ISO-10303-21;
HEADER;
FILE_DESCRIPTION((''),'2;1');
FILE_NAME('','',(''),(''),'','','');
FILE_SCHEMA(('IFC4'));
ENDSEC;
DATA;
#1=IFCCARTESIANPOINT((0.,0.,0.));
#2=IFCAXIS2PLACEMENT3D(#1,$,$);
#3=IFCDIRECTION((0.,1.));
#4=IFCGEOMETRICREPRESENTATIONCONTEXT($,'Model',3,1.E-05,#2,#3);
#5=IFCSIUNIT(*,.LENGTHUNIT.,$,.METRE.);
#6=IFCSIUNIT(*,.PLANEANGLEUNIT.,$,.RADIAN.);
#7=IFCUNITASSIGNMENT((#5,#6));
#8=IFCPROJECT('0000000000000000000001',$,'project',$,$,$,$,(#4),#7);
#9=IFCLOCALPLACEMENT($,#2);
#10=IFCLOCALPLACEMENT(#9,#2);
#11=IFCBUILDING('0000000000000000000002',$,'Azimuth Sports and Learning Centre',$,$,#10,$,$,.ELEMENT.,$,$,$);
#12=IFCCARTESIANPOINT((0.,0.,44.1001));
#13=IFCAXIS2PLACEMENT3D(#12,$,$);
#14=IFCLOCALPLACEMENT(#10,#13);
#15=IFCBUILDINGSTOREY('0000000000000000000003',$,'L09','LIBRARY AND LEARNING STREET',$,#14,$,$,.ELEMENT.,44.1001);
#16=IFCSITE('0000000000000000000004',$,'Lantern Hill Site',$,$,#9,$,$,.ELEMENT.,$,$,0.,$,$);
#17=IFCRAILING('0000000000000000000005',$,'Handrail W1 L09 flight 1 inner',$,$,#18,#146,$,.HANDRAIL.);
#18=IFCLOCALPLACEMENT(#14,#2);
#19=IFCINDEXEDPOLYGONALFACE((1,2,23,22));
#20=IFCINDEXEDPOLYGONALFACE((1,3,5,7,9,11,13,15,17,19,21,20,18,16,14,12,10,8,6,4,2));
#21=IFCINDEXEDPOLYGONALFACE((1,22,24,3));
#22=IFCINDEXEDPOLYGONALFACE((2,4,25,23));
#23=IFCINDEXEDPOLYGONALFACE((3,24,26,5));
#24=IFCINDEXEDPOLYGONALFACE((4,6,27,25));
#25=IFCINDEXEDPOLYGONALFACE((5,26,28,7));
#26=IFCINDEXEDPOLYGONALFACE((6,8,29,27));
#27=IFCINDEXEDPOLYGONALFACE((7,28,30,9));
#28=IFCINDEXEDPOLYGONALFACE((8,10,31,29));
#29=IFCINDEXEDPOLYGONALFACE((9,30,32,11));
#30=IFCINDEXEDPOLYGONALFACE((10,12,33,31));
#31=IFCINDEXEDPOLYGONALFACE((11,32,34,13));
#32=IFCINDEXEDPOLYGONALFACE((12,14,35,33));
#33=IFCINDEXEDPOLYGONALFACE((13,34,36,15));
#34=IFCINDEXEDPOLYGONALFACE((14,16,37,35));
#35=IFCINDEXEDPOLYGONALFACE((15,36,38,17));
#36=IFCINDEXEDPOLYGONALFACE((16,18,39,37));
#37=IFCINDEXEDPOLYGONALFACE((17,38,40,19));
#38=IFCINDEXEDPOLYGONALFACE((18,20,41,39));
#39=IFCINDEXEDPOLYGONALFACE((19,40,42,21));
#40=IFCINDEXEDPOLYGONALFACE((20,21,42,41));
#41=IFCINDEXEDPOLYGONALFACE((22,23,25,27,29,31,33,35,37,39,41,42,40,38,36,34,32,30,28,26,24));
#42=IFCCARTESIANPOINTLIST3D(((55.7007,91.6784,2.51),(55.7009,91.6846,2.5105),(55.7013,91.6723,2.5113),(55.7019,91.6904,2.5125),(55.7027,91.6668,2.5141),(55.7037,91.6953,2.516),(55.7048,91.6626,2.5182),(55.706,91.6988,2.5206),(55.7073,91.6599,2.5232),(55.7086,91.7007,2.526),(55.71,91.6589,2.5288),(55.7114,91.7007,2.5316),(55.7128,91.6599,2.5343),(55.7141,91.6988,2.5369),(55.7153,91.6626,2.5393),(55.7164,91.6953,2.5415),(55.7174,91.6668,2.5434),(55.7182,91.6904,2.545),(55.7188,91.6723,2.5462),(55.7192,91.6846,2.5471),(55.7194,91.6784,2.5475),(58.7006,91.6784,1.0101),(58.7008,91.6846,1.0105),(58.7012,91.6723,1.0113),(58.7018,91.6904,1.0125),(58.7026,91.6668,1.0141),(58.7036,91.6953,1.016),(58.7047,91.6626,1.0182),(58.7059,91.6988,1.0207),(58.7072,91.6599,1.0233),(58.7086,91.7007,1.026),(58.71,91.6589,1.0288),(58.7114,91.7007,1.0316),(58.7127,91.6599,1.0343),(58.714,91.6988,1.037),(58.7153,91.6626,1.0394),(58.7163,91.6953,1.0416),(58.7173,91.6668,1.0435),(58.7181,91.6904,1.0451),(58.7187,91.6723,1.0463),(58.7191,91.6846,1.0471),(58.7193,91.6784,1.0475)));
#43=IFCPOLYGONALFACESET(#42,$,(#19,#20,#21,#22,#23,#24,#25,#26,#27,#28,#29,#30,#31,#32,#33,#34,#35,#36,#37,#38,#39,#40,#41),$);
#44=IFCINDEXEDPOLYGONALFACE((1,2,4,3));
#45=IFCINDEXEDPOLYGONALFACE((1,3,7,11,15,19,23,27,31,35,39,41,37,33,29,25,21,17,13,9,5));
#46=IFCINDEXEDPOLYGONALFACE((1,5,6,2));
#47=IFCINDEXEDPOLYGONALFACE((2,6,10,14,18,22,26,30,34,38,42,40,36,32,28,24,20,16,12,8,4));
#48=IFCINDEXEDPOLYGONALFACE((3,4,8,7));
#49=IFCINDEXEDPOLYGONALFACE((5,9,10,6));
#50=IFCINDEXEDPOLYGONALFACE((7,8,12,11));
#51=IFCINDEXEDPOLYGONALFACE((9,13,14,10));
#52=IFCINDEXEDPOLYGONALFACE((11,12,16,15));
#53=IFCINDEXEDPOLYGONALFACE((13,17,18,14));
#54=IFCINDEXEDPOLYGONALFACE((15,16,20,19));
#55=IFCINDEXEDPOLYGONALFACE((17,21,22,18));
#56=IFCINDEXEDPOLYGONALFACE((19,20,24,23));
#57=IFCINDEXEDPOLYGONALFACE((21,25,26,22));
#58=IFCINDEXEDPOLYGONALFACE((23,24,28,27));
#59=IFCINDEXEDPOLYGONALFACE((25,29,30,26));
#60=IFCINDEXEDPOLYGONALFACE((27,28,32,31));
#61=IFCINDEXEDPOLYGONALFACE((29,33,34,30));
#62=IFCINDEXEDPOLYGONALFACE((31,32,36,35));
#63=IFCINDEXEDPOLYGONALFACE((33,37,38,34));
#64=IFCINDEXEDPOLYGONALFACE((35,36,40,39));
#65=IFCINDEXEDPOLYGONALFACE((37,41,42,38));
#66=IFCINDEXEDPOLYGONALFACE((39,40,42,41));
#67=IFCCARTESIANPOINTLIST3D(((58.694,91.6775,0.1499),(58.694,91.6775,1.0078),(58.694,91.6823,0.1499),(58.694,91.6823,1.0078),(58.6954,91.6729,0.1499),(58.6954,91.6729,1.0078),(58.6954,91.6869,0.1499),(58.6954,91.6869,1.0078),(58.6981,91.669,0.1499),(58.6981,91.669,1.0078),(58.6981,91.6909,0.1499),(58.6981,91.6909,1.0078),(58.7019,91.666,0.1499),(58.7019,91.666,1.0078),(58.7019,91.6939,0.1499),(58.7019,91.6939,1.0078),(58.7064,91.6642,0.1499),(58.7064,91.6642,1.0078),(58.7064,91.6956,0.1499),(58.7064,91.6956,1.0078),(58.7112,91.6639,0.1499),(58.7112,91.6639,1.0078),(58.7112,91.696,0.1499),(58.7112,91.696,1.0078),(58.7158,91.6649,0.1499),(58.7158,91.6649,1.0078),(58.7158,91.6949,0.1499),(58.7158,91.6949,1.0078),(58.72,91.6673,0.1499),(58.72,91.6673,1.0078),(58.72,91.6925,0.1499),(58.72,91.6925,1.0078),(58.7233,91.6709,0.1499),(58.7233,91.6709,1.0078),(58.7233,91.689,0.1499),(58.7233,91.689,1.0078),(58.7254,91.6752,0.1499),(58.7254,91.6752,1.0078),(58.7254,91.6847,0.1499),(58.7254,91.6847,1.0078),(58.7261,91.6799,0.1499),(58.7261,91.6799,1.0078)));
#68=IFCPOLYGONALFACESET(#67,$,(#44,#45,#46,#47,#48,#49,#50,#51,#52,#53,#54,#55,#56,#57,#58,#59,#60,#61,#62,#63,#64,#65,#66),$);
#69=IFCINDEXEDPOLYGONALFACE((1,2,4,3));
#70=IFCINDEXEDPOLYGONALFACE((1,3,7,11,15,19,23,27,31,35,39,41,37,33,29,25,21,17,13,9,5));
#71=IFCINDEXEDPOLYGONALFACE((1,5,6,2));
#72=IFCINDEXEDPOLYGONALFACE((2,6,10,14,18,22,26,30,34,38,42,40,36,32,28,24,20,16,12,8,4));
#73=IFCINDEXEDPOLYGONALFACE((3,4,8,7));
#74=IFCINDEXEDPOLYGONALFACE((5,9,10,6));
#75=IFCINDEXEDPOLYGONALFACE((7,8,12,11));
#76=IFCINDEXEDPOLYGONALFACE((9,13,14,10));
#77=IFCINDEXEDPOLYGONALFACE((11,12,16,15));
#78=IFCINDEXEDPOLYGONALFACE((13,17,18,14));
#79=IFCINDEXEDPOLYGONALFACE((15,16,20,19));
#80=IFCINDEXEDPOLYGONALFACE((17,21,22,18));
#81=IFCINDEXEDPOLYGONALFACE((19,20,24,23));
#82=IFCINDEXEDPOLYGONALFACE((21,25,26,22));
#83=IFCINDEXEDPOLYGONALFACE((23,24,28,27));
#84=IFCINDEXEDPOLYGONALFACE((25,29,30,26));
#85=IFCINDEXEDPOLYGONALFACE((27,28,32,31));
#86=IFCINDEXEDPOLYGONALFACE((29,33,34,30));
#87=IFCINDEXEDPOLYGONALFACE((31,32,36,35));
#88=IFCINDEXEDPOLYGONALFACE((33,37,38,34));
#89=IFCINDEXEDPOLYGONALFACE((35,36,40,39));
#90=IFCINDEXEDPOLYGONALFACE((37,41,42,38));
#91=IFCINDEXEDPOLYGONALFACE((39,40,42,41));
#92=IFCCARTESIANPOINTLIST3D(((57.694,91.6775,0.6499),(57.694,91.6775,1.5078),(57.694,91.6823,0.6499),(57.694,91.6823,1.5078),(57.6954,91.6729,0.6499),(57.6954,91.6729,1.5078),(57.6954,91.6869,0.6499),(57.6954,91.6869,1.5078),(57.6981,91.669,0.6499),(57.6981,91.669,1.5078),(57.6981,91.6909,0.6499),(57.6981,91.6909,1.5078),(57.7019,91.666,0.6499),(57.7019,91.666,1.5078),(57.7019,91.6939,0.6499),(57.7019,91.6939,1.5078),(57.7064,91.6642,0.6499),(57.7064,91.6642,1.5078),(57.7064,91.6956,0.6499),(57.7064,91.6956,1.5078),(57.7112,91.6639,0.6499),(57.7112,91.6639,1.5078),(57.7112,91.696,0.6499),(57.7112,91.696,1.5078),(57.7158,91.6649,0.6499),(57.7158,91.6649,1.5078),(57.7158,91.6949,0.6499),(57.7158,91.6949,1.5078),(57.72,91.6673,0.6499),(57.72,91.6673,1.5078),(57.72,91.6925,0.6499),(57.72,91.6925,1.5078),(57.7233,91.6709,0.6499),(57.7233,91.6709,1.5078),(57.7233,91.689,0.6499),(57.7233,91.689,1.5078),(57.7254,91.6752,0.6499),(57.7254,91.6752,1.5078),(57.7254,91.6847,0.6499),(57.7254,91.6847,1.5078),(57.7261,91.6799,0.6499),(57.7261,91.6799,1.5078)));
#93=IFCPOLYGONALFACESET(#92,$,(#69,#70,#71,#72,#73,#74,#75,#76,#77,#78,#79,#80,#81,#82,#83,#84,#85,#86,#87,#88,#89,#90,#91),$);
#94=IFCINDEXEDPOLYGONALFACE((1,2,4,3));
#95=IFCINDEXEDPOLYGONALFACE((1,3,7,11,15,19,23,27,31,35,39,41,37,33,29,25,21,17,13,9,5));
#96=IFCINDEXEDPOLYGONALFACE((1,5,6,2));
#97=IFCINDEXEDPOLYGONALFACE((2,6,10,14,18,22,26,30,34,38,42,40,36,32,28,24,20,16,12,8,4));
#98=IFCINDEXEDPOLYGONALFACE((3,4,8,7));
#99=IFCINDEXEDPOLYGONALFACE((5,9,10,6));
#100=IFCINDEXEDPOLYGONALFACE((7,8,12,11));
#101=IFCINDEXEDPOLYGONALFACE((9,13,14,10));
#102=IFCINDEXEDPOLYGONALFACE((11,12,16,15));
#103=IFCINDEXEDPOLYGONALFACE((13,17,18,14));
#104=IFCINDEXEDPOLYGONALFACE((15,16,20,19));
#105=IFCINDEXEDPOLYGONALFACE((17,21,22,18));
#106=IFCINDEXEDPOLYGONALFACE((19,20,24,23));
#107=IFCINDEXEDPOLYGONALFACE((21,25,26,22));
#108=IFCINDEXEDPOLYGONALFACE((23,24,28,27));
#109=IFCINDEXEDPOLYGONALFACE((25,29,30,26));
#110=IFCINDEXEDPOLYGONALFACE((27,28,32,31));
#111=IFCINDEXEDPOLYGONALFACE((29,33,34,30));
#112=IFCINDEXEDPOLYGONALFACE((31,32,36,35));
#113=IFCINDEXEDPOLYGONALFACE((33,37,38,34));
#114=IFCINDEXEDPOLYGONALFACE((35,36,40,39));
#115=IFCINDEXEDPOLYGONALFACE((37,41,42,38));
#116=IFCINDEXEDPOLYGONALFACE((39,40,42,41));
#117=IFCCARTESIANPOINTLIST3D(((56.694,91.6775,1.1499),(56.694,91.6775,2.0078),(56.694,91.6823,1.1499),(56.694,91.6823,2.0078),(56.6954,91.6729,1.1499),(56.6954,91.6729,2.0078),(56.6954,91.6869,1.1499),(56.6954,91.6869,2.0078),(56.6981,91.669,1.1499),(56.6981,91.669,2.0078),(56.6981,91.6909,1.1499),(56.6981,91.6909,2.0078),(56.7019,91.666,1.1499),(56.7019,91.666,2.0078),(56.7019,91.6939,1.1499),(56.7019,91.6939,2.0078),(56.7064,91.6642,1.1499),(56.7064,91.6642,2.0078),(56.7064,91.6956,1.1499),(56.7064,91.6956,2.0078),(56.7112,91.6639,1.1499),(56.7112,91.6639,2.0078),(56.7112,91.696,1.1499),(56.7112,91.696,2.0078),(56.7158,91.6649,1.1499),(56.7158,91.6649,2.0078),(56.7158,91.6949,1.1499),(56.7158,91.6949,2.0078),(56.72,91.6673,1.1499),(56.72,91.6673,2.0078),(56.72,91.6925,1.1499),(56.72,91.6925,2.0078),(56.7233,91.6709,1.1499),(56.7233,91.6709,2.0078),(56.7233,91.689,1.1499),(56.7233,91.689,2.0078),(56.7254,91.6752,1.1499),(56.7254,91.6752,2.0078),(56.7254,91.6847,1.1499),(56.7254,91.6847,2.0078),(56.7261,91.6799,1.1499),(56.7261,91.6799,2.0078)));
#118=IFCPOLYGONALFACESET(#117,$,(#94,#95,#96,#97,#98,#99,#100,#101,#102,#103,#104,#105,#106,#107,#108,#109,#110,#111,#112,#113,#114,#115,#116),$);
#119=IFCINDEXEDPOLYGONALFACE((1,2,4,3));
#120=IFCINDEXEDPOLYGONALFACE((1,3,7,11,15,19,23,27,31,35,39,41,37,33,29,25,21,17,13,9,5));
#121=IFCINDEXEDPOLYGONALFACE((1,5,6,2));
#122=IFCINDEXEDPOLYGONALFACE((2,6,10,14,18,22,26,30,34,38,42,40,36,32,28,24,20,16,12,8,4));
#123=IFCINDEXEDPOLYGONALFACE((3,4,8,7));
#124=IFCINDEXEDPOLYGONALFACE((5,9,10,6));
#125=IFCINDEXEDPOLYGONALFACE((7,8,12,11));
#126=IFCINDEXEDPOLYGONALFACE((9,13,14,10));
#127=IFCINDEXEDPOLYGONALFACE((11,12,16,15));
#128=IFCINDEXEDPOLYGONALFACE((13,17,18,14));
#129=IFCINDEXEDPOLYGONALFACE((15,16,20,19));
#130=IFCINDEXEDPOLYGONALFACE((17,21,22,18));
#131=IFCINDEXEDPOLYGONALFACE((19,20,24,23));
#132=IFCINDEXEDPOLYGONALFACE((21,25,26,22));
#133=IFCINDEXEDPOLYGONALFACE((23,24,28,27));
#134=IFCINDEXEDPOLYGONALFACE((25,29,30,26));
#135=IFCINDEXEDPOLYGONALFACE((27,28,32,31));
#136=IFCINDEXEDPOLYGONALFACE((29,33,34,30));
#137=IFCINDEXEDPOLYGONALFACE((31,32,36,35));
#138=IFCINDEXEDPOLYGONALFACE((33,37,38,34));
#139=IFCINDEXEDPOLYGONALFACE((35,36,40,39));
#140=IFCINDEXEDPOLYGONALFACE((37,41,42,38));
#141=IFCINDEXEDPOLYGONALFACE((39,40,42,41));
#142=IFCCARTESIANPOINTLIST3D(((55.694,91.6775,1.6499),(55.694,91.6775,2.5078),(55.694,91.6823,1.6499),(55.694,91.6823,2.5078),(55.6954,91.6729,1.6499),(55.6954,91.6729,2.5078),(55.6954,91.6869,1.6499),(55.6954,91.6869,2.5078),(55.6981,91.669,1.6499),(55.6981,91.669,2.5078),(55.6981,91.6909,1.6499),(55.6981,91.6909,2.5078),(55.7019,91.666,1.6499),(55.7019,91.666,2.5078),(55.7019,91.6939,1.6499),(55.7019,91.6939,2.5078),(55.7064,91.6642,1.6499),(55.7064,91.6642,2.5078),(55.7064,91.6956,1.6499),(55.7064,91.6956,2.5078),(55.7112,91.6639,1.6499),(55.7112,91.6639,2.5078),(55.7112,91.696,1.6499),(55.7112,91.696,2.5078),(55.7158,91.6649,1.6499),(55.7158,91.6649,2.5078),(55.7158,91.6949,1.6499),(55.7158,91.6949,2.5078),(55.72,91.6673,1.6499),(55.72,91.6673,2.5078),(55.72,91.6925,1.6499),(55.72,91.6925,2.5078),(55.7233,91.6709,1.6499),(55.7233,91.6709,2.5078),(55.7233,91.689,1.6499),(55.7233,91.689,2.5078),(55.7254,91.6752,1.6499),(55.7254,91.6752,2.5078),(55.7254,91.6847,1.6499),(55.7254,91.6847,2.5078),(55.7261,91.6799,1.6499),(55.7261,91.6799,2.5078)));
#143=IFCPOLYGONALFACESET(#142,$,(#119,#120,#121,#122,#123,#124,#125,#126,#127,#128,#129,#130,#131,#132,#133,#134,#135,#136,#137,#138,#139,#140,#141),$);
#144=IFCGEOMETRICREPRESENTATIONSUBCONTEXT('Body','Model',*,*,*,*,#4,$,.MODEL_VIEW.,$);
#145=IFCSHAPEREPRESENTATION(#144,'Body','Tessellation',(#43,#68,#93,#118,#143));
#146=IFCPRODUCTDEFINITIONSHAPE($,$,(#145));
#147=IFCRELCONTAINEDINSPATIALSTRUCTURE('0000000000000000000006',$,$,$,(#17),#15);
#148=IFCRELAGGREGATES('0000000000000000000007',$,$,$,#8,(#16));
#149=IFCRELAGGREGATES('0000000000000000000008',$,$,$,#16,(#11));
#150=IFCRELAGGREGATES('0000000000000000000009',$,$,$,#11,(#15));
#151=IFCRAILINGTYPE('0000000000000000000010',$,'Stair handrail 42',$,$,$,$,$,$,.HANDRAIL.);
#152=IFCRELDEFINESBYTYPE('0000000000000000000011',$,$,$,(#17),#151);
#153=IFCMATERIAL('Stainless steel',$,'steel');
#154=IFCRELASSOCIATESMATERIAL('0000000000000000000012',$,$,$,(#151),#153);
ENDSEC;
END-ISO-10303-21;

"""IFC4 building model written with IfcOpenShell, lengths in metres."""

from ifc_helpers import new_model, si_unit, direction, frame, origin, origin_2d, place, context, subcontext, project, spatial, circle, extrude, material, type_object, element, save


model = new_model("IFC4")

# Units and contexts
model_context = context("Model", 3, precision=1e-05, world=origin(), true_north=direction((0.0, 1.0)))
body_context = subcontext(model_context, "Body", "Model", "MODEL_VIEW")
ifc_project = project(units=[si_unit("LENGTHUNIT", "METRE"), si_unit("PLANEANGLEUNIT", "RADIAN")], contexts=[model_context])

# Site, building, storey
site_placement = place(None, origin())
site = spatial("IfcSite", under=ifc_project, at=site_placement, Name="Lantern Hill Site", CompositionType="ELEMENT", RefElevation=0.0)
building_placement = place(site_placement, origin())
building = spatial("IfcBuilding", under=site, at=building_placement, Name="Azimuth Sports and Learning Centre", CompositionType="ELEMENT")
storey_placement = place(building_placement, frame((0.0, 0.0, 44.1001)))
storey = spatial("IfcBuildingStorey", under=building, at=storey_placement, Name="L09", Description="LIBRARY AND LEARNING STREET", CompositionType="ELEMENT", Elevation=44.1001)

# Railing
ifc_material_1 = material(Name="Stainless steel", Category="steel")
railing_type_1 = type_object("IfcRailingType", Name="Stair handrail 42", PredefinedType="HANDRAIL", material=ifc_material_1)
for number, where, name in (
    (1, (58.71, 91.6799, 0.1499), "Handrail W1 L09 flight 1 inner"),
):
    element("IfcRailing", number, at=place(storey_placement, frame(where)), inside=storey, type_object=railing_type_1, Name=name, PredefinedType="HANDRAIL", context=body_context, shape_type="SweptSolid", body=[
        extrude(circle(Radius=0.021, at=origin_2d()), frame((0.0, 0.0, 0.8789), z_axis=(-0.894427, 0.0, 0.447214), x_axis=(0.0, -1.0, 0.0)), (0.0, 0.0, 1.0), 3.354),
        extrude(circle(Radius=0.0161, at=origin_2d()), origin(), (0.0, 0.0, 1.0), 0.8579),
        extrude(circle(Radius=0.0161, at=origin_2d()), frame((-1.0, 0.0, 0.5)), (0.0, 0.0, 1.0), 0.8579),
        extrude(circle(Radius=0.0161, at=origin_2d()), frame((-2.0, 0.0, 1.0)), (0.0, 0.0, 1.0), 0.8579),
        extrude(circle(Radius=0.0161, at=origin_2d()), frame((-3.0, 0.0, 1.5)), (0.0, 0.0, 1.0), 0.8579),
    ])

save(model, "model.ifc")
